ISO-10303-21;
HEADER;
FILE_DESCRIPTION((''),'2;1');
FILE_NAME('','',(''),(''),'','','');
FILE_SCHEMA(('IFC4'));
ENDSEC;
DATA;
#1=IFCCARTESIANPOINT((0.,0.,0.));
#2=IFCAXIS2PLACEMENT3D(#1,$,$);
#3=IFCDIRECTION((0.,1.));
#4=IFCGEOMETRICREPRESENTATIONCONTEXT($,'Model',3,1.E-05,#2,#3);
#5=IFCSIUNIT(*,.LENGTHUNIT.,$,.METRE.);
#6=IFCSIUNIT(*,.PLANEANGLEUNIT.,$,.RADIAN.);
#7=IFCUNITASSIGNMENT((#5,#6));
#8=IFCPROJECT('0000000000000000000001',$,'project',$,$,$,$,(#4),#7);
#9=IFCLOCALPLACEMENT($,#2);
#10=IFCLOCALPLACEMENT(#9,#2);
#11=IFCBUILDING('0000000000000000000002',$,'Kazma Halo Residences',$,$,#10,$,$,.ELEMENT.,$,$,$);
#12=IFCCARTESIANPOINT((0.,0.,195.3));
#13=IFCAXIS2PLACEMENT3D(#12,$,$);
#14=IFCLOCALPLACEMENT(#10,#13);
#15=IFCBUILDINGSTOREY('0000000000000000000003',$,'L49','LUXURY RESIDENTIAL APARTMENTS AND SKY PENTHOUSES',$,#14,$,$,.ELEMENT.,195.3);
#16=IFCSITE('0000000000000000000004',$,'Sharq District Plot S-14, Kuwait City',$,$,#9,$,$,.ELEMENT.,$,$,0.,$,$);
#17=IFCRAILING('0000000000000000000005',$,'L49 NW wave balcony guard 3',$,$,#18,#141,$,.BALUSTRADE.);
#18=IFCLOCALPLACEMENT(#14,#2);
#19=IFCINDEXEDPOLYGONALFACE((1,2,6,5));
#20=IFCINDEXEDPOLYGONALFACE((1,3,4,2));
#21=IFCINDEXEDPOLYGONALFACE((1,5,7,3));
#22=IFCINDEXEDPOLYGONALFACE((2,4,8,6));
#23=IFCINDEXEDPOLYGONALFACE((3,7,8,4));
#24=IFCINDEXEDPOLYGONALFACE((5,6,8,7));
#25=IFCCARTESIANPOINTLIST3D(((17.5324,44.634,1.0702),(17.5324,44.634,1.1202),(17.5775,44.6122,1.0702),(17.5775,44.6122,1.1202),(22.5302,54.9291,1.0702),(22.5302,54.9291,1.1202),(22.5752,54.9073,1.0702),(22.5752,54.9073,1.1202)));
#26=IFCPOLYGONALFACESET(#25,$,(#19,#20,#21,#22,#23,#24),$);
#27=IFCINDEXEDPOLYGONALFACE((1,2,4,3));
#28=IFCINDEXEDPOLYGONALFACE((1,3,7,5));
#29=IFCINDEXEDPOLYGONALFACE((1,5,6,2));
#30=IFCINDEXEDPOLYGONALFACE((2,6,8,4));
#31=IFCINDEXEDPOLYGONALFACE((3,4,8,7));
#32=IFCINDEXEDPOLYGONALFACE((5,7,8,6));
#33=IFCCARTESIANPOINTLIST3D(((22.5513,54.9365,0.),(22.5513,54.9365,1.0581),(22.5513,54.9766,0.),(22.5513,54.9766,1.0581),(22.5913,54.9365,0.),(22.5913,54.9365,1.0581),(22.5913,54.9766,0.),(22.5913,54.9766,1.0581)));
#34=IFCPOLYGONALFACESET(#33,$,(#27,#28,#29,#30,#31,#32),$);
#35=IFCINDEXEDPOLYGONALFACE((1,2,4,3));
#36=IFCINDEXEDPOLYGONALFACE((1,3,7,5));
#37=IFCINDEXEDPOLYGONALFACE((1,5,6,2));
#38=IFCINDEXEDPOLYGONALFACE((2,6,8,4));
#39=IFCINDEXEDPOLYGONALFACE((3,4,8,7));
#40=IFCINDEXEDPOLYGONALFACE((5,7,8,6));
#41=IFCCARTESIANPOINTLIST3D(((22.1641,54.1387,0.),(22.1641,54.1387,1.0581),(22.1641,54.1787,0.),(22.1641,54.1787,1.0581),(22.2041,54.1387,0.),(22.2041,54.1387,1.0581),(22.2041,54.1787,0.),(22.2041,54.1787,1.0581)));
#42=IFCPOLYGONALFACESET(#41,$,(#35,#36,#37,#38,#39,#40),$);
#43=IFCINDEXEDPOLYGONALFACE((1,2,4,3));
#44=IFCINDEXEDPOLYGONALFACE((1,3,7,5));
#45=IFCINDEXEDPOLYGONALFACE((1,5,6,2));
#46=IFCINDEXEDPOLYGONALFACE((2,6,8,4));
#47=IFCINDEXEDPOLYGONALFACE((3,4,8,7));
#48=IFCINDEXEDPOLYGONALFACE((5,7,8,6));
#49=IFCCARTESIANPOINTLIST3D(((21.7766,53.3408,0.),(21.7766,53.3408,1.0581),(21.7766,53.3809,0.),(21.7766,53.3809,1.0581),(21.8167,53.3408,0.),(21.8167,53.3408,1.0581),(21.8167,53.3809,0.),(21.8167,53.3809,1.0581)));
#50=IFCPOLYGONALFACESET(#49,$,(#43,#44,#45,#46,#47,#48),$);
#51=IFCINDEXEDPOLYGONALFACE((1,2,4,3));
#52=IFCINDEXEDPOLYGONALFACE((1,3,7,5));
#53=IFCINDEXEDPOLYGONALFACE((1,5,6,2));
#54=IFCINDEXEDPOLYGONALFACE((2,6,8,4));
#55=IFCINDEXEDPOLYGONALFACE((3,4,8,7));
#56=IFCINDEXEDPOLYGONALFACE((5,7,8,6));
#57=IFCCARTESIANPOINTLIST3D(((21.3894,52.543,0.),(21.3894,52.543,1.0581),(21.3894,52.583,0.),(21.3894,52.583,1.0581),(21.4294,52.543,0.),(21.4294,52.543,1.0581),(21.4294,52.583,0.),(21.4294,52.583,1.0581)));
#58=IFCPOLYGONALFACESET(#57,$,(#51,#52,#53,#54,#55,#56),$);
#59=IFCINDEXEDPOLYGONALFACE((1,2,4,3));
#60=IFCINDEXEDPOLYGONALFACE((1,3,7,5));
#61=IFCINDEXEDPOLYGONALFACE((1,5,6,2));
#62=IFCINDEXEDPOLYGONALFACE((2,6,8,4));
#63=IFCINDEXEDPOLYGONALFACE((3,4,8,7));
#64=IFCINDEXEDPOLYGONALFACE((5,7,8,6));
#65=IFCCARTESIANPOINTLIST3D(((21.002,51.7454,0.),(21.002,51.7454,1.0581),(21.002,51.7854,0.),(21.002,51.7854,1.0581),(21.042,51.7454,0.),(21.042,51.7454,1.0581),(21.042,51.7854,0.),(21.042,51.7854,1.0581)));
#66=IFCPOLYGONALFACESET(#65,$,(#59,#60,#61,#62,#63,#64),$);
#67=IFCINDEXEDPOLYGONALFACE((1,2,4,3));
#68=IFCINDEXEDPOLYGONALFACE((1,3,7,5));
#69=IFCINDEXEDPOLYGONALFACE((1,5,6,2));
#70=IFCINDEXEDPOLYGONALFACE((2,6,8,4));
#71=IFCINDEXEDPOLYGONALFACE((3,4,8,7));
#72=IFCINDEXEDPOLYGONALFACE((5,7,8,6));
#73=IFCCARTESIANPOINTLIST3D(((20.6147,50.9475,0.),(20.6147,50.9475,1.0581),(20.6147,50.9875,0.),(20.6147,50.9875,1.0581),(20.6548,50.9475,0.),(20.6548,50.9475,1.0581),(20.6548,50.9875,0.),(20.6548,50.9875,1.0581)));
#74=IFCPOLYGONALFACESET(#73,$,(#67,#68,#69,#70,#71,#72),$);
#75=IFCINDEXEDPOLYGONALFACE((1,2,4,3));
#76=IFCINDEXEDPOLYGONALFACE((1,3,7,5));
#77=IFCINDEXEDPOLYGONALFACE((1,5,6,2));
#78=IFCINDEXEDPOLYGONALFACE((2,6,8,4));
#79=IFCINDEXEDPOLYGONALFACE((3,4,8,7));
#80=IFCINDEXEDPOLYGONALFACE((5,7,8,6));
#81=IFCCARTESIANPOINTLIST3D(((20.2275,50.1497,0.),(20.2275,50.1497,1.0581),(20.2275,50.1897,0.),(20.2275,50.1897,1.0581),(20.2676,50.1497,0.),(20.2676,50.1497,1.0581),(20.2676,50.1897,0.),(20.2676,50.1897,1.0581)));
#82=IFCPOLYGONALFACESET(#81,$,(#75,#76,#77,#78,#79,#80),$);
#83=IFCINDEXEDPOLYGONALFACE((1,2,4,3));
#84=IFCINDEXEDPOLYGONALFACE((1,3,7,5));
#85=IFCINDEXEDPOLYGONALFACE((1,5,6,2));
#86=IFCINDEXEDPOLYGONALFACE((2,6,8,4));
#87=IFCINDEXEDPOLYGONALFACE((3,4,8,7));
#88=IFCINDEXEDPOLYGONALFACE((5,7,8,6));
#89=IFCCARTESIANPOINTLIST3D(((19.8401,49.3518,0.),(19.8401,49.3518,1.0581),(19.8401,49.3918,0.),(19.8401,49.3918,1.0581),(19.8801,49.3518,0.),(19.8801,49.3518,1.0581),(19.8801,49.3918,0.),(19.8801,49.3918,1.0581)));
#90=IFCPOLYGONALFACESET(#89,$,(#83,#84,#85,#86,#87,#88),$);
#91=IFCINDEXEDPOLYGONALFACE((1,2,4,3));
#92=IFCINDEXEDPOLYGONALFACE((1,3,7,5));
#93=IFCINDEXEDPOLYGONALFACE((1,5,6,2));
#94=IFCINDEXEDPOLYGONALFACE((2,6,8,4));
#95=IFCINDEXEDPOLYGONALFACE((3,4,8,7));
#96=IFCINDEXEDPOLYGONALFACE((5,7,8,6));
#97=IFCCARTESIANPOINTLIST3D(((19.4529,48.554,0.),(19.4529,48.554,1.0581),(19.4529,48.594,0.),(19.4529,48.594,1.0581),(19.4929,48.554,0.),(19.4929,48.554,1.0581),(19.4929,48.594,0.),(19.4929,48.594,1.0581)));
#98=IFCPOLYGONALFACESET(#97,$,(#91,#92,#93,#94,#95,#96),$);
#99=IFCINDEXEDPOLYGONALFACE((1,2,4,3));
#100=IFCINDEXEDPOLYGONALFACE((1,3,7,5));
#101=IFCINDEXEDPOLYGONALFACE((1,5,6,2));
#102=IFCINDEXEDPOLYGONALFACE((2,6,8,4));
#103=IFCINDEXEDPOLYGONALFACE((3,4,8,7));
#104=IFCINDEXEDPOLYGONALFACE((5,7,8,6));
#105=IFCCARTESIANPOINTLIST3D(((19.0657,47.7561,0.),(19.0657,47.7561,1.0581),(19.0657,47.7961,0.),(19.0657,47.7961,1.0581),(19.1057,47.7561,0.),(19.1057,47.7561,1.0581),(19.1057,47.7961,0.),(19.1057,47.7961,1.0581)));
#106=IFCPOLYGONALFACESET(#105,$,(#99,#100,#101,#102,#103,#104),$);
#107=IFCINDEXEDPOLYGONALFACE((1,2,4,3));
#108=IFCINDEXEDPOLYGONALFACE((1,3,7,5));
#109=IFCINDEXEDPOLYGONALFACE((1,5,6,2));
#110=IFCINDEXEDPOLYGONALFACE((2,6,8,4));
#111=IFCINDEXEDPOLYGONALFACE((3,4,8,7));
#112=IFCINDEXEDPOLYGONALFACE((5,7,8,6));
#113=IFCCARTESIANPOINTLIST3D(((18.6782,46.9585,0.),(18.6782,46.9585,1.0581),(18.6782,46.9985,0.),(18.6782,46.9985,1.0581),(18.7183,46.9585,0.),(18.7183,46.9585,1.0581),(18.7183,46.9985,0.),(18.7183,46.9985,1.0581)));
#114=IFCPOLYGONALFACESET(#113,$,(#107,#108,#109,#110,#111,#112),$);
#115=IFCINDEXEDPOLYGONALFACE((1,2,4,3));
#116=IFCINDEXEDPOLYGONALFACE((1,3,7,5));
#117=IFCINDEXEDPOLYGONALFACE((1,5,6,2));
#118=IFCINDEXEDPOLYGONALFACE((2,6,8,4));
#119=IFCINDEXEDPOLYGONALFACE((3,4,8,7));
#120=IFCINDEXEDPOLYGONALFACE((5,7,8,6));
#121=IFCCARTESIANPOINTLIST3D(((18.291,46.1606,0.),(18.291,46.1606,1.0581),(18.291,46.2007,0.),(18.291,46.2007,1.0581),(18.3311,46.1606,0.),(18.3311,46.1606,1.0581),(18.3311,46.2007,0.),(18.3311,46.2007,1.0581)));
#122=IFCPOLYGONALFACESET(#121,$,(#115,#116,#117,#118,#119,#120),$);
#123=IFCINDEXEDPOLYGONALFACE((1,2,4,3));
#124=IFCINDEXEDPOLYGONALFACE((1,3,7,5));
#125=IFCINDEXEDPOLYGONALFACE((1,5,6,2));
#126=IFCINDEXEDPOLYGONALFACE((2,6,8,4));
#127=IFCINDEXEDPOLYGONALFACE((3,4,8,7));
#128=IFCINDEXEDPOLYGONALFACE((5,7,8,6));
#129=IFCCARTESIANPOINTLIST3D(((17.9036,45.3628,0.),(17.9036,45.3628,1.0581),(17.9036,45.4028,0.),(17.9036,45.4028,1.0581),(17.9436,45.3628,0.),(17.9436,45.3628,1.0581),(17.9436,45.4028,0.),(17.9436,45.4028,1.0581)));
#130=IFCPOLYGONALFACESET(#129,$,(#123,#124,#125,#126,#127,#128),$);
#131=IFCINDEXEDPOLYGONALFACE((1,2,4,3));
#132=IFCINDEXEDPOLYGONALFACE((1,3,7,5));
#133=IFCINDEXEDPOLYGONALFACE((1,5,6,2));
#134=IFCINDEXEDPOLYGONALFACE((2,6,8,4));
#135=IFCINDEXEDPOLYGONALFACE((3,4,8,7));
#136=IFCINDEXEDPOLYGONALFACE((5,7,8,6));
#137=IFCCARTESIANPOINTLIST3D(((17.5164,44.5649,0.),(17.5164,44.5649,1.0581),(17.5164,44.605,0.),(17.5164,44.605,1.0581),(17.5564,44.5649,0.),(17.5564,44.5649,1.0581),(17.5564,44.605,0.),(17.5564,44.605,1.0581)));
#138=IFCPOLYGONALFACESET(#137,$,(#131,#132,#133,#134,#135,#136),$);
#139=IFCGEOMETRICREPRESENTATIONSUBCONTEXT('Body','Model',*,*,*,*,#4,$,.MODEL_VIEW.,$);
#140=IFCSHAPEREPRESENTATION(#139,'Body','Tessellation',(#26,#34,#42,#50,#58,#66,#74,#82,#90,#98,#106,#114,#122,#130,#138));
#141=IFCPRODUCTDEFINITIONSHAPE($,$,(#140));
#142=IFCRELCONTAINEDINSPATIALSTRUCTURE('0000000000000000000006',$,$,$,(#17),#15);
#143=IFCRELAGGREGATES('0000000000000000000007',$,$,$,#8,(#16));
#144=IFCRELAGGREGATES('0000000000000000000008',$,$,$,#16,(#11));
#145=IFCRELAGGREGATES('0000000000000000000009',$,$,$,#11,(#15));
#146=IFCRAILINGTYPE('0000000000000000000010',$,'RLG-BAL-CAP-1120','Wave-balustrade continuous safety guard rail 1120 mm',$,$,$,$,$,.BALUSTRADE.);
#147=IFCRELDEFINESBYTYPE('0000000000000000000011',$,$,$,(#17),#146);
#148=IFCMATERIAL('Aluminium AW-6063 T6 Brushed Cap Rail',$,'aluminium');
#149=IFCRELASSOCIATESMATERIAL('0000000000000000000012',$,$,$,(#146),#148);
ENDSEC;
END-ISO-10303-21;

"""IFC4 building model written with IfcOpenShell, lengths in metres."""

from ifc_helpers import new_model, si_unit, direction, frame, origin, origin_2d, place, context, subcontext, project, spatial, rectangle, extrude, material, type_object, element, save


model = new_model("IFC4")

# Units and contexts
model_context = context("Model", 3, precision=1e-05, world=origin(), true_north=direction((0.0, 1.0)))
body_context = subcontext(model_context, "Body", "Model", "MODEL_VIEW")
ifc_project = project(units=[si_unit("LENGTHUNIT", "METRE"), si_unit("PLANEANGLEUNIT", "RADIAN")], contexts=[model_context])

# Site, building, storey
site_placement = place(None, origin())
site = spatial("IfcSite", under=ifc_project, at=site_placement, Name="Sharq District Plot S-14, Kuwait City", CompositionType="ELEMENT", RefElevation=0.0)
building_placement = place(site_placement, origin())
building = spatial("IfcBuilding", under=site, at=building_placement, Name="Kazma Halo Residences", CompositionType="ELEMENT")
storey_placement = place(building_placement, frame((0.0, 0.0, 195.3)))
storey = spatial("IfcBuildingStorey", under=building, at=storey_placement, Name="L49", Description="LUXURY RESIDENTIAL APARTMENTS AND SKY PENTHOUSES", CompositionType="ELEMENT", Elevation=195.3)

# Railing
ifc_material_1 = material(Name="Aluminium AW-6063 T6 Brushed Cap Rail", Category="aluminium")
railing_type = type_object("IfcRailingType", Name="RLG-BAL-CAP-1120", Description="Wave-balustrade continuous safety guard rail 1120 mm", PredefinedType="BALUSTRADE", material=ifc_material_1)
railing_1_placement = place(storey_placement, frame((22.5713, 54.9565, 0.0)))
element("IfcRailing", 1, at=railing_1_placement, inside=storey, type_object=railing_type, Name="L49 NW wave balcony guard 3", PredefinedType="BALUSTRADE", context=body_context, shape_type="SweptSolid", body=[
    extrude(rectangle(XDim=0.05, YDim=0.05, at=origin_2d()), frame((-0.0186, -0.0383, 1.0952), z_axis=(-0.436714, -0.899601, 0.0), x_axis=(0.899601, -0.436714, 0.0)), (0.0, 0.0, 1.0), 11.4441),
    extrude(rectangle(XDim=0.04, YDim=0.04, at=origin_2d()), origin(), (0.0, 0.0, 1.0), 1.0581),
    extrude(rectangle(XDim=0.04, YDim=0.04, at=origin_2d()), frame((-0.3872, -0.7979, 0.0)), (0.0, 0.0, 1.0), 1.0581),
    extrude(rectangle(XDim=0.04, YDim=0.04, at=origin_2d()), frame((-0.7747, -1.5957, 0.0)), (0.0, 0.0, 1.0), 1.0581),
    extrude(rectangle(XDim=0.04, YDim=0.04, at=origin_2d()), frame((-1.1619, -2.3936, 0.0)), (0.0, 0.0, 1.0), 1.0581),
    extrude(rectangle(XDim=0.04, YDim=0.04, at=origin_2d()), frame((-1.5493, -3.1912, 0.0)), (0.0, 0.0, 1.0), 1.0581),
    extrude(rectangle(XDim=0.04, YDim=0.04, at=origin_2d()), frame((-1.9365, -3.989, 0.0)), (0.0, 0.0, 1.0), 1.0581),
    extrude(rectangle(XDim=0.04, YDim=0.04, at=origin_2d()), frame((-2.3237, -4.7869, 0.0)), (0.0, 0.0, 1.0), 1.0581),
    extrude(rectangle(XDim=0.04, YDim=0.04, at=origin_2d()), frame((-2.7112, -5.5847, 0.0)), (0.0, 0.0, 1.0), 1.0581),
    extrude(rectangle(XDim=0.04, YDim=0.04, at=origin_2d()), frame((-3.0984, -6.3826, 0.0)), (0.0, 0.0, 1.0), 1.0581),
    extrude(rectangle(XDim=0.04, YDim=0.04, at=origin_2d()), frame((-3.4856, -7.1804, 0.0)), (0.0, 0.0, 1.0), 1.0581),
    extrude(rectangle(XDim=0.04, YDim=0.04, at=origin_2d()), frame((-3.873, -7.978, 0.0)), (0.0, 0.0, 1.0), 1.0581),
    extrude(rectangle(XDim=0.04, YDim=0.04, at=origin_2d()), frame((-4.2603, -8.7759, 0.0)), (0.0, 0.0, 1.0), 1.0581),
    extrude(rectangle(XDim=0.04, YDim=0.04, at=origin_2d()), frame((-4.6477, -9.5737, 0.0)), (0.0, 0.0, 1.0), 1.0581),
    extrude(rectangle(XDim=0.04, YDim=0.04, at=origin_2d()), frame((-5.0349, -10.3716, 0.0)), (0.0, 0.0, 1.0), 1.0581),
])

save(model, "model.ifc")
